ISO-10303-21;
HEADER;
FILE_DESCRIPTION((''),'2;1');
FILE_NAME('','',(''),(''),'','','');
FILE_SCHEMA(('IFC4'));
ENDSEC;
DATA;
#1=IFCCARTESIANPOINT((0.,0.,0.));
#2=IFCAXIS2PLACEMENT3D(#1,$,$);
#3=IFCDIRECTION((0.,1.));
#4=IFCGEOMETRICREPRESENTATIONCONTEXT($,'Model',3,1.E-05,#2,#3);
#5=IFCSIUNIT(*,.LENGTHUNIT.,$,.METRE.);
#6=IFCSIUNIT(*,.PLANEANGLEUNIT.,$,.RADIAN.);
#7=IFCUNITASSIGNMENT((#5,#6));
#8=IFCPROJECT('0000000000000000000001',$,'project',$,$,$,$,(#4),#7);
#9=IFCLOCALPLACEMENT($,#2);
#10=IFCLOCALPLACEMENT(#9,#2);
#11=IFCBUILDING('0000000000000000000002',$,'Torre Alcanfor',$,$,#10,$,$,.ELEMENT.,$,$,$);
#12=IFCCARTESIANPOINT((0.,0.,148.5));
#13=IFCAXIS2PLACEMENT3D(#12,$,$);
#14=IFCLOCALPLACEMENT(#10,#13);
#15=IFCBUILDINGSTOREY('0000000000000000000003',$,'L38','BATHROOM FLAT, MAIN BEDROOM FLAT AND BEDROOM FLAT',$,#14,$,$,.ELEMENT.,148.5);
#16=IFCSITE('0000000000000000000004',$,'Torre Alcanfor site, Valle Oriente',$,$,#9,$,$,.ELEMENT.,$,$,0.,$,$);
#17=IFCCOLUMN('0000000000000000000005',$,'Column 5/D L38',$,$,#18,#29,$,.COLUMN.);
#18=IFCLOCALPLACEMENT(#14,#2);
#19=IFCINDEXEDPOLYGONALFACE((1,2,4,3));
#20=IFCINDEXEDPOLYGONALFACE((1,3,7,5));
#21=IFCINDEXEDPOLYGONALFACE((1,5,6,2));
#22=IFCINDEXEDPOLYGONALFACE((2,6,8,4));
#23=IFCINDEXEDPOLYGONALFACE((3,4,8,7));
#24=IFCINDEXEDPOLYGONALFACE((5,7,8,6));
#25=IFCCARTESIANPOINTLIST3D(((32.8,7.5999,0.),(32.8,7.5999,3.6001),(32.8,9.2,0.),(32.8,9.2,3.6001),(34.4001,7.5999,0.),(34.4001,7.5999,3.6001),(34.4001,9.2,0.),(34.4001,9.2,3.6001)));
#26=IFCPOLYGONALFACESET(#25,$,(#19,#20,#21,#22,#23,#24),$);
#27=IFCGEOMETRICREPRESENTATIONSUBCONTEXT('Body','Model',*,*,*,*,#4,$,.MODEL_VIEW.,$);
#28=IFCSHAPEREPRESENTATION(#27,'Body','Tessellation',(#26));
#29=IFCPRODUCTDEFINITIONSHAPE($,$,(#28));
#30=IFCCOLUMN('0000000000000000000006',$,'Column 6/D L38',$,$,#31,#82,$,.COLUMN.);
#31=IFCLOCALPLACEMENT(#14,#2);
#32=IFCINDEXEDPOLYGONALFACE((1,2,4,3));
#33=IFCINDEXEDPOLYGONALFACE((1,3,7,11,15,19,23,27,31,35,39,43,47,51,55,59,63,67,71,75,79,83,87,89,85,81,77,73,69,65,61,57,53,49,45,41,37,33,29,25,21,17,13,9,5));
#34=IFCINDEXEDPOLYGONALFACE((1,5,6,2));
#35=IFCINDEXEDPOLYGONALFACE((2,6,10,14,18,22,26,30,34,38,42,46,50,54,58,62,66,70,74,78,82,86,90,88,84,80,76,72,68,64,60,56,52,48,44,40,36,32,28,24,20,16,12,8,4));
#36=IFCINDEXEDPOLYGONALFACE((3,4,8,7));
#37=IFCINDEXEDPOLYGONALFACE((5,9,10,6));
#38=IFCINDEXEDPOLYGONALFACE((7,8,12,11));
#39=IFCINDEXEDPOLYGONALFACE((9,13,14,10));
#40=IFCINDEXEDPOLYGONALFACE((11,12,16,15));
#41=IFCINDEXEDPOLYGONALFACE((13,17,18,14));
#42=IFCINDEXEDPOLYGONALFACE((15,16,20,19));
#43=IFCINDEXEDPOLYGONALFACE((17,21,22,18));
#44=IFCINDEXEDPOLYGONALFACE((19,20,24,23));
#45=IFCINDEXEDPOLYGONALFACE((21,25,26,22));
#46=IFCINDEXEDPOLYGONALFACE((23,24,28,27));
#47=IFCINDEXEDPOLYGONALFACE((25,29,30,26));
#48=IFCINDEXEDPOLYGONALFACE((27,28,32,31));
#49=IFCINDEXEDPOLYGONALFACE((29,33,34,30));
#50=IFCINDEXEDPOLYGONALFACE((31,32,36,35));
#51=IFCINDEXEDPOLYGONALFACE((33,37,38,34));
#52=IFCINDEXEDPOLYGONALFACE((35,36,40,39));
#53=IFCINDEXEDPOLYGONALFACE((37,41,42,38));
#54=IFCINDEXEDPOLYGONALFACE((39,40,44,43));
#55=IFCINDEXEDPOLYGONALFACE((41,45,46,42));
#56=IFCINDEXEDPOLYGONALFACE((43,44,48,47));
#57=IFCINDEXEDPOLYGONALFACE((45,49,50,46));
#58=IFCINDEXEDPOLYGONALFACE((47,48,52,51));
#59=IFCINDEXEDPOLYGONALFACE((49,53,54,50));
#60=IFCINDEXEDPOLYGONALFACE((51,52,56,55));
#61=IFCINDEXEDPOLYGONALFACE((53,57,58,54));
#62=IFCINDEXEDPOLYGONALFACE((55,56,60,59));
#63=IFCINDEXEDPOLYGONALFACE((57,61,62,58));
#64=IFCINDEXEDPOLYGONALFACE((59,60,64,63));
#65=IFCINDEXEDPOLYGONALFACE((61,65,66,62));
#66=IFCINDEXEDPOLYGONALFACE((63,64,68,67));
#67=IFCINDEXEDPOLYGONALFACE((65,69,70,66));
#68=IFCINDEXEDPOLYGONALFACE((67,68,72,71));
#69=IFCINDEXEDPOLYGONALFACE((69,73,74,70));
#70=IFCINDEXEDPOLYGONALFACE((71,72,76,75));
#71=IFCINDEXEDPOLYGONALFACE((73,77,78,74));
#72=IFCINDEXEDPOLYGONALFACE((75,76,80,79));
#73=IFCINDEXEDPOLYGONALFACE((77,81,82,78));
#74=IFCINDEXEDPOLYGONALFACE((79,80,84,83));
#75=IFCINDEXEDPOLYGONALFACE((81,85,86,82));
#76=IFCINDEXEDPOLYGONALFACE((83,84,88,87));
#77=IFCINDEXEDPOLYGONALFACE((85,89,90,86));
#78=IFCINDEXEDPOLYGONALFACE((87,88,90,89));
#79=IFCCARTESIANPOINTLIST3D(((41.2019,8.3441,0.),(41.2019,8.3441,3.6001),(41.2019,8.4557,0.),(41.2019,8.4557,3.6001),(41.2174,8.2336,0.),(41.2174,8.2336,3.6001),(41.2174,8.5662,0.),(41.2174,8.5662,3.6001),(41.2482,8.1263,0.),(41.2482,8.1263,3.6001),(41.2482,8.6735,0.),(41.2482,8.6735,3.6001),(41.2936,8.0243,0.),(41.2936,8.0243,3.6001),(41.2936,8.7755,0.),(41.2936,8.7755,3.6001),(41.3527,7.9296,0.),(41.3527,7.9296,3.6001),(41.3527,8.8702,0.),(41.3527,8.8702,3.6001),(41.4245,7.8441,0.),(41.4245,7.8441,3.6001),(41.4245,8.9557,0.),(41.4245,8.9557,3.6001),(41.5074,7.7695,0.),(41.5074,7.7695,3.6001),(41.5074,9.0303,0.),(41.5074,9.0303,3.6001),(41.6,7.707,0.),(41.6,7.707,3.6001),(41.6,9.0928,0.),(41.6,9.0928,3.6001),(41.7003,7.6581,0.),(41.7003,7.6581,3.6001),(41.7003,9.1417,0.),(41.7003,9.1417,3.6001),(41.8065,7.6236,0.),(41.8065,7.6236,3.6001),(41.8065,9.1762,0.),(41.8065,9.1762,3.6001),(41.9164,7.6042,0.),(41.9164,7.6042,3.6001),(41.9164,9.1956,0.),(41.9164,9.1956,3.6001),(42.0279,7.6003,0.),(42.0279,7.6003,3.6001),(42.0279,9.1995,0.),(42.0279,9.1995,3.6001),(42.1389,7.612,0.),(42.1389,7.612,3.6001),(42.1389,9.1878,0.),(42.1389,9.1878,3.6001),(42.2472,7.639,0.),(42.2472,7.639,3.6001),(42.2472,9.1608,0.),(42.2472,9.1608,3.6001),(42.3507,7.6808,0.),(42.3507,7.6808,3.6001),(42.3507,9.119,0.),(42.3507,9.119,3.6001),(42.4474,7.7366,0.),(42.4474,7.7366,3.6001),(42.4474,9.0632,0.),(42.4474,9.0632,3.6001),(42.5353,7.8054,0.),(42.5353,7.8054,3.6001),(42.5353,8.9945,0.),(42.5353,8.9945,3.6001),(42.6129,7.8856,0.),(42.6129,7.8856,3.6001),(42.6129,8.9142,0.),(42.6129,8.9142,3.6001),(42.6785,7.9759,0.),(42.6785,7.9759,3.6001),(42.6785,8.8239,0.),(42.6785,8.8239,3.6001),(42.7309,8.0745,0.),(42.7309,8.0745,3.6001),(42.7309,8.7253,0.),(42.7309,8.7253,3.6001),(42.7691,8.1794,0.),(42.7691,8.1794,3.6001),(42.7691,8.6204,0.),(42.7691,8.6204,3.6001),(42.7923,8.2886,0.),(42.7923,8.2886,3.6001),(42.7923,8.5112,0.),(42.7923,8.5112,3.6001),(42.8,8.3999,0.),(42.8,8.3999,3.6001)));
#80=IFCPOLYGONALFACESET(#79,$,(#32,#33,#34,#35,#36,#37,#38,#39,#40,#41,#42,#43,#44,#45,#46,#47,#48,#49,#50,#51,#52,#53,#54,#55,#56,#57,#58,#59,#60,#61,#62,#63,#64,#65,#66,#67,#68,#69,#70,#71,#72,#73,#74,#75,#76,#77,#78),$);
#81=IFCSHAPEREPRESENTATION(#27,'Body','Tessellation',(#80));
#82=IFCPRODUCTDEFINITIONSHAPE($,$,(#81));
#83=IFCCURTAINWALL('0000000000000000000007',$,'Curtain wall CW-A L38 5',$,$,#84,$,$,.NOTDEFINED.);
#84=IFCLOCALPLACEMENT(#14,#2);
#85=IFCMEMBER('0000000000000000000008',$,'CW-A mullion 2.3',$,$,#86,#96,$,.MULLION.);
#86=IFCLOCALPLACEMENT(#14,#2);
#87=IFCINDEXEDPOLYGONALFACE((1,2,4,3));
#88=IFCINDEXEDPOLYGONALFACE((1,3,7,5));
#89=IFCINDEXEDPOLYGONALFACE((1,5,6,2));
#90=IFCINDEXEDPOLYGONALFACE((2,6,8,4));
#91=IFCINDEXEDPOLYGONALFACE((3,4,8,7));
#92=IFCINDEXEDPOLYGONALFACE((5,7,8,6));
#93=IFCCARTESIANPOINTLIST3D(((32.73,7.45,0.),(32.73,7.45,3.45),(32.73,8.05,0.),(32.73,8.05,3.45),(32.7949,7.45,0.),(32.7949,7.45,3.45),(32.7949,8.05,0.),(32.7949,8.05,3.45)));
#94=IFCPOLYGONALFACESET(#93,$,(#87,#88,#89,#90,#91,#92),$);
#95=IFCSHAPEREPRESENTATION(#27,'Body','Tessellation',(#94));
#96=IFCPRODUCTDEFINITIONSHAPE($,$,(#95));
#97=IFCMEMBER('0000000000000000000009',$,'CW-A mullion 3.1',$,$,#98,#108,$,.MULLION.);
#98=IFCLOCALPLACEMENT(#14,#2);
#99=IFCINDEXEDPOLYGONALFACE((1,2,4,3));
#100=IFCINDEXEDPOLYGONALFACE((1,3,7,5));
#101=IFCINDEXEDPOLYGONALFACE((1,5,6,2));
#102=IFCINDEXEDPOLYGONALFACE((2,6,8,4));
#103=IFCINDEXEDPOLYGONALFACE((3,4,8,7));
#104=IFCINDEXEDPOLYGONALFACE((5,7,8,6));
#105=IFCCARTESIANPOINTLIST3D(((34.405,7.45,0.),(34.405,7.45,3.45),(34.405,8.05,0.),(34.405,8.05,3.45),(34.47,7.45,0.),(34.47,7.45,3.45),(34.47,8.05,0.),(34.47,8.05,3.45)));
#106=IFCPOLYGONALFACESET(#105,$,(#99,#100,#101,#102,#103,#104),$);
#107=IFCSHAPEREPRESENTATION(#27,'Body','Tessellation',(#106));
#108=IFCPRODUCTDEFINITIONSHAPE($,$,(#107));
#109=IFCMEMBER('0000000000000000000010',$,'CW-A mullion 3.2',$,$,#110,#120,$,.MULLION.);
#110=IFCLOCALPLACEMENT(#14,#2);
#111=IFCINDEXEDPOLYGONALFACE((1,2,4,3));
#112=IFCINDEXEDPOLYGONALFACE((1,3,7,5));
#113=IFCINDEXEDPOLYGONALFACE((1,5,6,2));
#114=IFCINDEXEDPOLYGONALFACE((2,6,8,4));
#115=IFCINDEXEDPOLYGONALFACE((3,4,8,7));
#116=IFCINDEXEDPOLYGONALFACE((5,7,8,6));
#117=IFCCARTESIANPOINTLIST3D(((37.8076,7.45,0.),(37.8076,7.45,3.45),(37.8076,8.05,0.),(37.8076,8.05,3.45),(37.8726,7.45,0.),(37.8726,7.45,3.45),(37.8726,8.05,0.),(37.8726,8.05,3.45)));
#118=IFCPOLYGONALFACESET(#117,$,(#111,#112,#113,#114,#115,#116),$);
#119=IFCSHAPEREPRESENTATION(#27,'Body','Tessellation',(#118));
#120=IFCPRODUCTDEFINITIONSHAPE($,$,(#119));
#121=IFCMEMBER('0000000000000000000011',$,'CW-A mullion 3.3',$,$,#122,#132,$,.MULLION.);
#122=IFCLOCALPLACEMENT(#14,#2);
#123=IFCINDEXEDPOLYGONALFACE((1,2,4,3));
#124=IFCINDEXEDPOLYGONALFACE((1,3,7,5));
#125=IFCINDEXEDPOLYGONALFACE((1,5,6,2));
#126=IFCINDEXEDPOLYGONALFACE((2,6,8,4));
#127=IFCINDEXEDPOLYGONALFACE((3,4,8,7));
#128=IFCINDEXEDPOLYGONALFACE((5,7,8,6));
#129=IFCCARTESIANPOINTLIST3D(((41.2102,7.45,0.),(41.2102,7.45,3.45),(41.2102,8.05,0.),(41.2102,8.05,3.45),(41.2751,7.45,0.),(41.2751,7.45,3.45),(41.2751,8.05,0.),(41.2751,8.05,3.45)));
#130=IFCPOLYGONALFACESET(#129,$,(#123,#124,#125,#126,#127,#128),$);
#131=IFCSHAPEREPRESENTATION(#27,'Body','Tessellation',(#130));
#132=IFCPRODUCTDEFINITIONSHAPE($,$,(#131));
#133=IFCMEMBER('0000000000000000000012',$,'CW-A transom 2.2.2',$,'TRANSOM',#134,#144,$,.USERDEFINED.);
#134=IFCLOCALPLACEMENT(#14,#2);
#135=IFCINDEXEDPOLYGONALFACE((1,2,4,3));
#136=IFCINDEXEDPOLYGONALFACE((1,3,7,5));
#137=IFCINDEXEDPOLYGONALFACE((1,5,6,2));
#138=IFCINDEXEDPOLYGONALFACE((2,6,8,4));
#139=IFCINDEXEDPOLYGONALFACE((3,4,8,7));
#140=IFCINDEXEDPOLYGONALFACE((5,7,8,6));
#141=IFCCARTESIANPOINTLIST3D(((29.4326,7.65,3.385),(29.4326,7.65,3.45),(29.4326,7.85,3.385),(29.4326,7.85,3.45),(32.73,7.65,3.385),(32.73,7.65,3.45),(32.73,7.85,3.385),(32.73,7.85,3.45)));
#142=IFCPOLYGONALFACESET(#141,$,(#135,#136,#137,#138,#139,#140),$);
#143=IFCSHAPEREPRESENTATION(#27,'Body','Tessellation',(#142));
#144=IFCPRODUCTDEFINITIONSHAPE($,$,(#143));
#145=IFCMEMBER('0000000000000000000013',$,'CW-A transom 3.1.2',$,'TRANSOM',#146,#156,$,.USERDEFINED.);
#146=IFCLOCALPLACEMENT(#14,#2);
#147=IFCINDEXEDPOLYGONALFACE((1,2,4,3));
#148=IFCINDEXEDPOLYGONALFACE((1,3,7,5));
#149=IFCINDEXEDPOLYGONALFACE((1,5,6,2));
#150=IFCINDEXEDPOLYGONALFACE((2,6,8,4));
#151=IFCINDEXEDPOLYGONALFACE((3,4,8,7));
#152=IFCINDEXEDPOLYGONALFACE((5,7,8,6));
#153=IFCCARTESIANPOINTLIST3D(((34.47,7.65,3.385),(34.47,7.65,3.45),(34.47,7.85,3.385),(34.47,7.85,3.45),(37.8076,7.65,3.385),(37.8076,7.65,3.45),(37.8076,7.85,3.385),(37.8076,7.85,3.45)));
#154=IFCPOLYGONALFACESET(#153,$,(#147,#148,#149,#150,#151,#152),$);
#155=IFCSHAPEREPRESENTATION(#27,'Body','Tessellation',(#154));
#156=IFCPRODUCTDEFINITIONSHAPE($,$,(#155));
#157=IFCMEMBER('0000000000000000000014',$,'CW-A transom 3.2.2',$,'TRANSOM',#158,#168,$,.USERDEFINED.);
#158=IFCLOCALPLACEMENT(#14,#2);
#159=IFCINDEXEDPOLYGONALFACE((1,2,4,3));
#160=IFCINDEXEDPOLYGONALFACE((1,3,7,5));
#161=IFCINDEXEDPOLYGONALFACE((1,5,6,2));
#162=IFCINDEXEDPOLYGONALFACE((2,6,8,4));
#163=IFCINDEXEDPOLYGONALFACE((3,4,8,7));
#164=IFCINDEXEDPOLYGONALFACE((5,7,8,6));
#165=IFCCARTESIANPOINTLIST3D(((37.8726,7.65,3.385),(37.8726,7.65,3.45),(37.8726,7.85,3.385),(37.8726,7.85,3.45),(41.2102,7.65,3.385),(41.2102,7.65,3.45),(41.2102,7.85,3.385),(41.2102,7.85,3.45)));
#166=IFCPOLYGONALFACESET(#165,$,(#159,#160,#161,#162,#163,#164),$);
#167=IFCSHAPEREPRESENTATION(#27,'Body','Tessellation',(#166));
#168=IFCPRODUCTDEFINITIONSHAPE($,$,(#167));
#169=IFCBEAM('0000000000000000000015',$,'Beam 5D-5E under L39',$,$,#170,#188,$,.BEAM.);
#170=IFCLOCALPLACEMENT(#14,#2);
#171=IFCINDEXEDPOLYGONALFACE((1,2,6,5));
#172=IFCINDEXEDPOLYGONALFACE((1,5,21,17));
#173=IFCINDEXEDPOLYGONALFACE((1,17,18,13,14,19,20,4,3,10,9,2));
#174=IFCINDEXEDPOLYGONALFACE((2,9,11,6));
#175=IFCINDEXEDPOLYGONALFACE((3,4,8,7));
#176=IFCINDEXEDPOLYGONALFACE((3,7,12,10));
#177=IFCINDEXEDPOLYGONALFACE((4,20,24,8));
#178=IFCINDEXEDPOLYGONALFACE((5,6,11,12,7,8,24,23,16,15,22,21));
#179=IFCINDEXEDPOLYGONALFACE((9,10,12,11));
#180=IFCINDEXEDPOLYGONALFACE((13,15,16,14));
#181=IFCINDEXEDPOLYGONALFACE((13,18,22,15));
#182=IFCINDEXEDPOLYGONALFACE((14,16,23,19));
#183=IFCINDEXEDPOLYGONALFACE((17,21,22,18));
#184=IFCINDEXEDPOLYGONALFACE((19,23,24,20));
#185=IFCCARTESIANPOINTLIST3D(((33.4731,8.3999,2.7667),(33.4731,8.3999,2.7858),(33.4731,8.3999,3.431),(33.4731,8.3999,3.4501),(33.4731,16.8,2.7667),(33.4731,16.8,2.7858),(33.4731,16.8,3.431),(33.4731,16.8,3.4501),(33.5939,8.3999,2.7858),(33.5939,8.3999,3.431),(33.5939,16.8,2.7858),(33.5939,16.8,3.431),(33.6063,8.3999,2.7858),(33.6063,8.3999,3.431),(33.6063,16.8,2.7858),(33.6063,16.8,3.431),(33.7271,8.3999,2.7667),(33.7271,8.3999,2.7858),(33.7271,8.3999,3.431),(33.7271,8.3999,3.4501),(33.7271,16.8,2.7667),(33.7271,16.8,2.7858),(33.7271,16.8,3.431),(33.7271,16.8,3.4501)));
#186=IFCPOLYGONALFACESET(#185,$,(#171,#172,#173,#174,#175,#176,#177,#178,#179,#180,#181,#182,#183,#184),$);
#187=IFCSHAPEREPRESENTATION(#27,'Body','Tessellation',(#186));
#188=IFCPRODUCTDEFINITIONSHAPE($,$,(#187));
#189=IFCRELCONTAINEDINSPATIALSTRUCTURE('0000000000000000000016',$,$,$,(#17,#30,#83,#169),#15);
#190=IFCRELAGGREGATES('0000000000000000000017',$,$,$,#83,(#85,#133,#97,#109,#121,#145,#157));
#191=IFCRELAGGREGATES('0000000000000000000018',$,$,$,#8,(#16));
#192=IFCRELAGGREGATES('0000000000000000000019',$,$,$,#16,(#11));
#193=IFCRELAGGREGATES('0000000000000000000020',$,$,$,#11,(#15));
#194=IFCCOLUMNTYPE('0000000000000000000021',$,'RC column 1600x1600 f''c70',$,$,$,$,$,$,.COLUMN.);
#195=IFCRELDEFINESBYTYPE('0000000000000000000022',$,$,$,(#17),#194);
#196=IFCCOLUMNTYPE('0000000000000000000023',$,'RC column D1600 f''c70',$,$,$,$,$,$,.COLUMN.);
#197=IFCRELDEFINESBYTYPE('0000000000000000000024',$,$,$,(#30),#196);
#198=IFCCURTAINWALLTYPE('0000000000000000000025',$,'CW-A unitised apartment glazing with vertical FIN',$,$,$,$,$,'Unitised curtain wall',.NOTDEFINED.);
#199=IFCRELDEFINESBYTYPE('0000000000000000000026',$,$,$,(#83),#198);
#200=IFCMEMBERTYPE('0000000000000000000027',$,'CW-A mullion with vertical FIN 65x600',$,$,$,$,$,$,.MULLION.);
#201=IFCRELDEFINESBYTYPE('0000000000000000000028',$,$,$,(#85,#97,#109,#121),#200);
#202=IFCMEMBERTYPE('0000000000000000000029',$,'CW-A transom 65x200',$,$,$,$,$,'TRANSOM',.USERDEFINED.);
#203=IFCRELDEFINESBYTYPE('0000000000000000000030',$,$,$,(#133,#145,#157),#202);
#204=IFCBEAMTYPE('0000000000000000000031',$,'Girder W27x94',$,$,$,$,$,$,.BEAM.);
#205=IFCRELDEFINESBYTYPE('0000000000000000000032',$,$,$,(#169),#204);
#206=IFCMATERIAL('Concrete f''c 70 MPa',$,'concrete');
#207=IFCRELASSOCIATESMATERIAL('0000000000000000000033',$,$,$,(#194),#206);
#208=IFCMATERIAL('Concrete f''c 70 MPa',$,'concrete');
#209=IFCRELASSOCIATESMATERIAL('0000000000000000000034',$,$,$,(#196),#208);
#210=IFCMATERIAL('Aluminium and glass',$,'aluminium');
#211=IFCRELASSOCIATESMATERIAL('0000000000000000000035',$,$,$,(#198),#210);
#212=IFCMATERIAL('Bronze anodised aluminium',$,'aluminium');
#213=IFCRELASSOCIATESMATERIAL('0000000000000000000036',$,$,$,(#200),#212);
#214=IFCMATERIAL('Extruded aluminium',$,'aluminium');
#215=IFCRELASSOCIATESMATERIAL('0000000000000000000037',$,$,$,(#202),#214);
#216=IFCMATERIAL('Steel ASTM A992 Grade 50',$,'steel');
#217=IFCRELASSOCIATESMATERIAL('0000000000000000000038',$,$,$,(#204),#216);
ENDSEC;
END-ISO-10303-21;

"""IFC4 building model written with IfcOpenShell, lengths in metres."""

from ifc_helpers import new_model, si_unit, direction, frame, origin, origin_2d, place, context, subcontext, project, spatial, rectangle, circle, i_section, extrude, material, material_profile, profile_set, type_object, element, aggregate, save


model = new_model("IFC4")

# Units and contexts
model_context = context("Model", 3, precision=1e-05, world=origin(), true_north=direction((0.0, 1.0)))
body_context = subcontext(model_context, "Body", "Model", "MODEL_VIEW")
ifc_project = project(units=[si_unit("LENGTHUNIT", "METRE"), si_unit("PLANEANGLEUNIT", "RADIAN")], contexts=[model_context])

# Site, building, storey
site_placement = place(None, origin())
site = spatial("IfcSite", under=ifc_project, at=site_placement, Name="Torre Alcanfor site, Valle Oriente", CompositionType="ELEMENT", RefElevation=0.0)
building_placement = place(site_placement, origin())
building = spatial("IfcBuilding", under=site, at=building_placement, Name="Torre Alcanfor", CompositionType="ELEMENT")
storey_placement = place(building_placement, frame((0.0, 0.0, 148.5)))
storey = spatial("IfcBuildingStorey", under=building, at=storey_placement, Name="L38", Description="BATHROOM FLAT, MAIN BEDROOM FLAT AND BEDROOM FLAT", CompositionType="ELEMENT", Elevation=148.5)

# Columns
ifc_material_1 = material(Name="Concrete f'c 70 MPa", Category="concrete")
ifc_material_profile_1 = material_profile(ifc_material_1, rectangle(XDim=1.6001, YDim=1.6001, at=origin_2d()), Name="1600x1600")
ifc_profile_set_1 = profile_set([ifc_material_profile_1], Name="Concrete f'c 70 MPa")
column_type_1 = type_object("IfcColumnType", Name="RC column 1600x1600 f'c70", PredefinedType="COLUMN", material=ifc_profile_set_1)
column_1_placement = place(storey_placement, frame((33.6001, 8.3999, 0.0), z_axis=(0.0, 0.0, 1.0), x_axis=(1.0, 0.0, 0.0)))
element("IfcColumn", 1, at=column_1_placement, inside=storey, type_object=column_type_1, Name="Column 5/D L38", PredefinedType="COLUMN", context=body_context, shape_type="SweptSolid", body=[
    extrude(rectangle(XDim=1.6001, YDim=1.6001, at=origin_2d()), origin(), (0.0, 0.0, 1.0), 3.6001),
])
ifc_material_2 = material(Name="Concrete f'c 70 MPa", Category="concrete")
ifc_material_profile_2 = material_profile(ifc_material_2, circle(Radius=0.8, at=origin_2d()), Name="D1600")
ifc_profile_set_2 = profile_set([ifc_material_profile_2], Name="Concrete f'c 70 MPa")
column_type_2 = type_object("IfcColumnType", Name="RC column D1600 f'c70", PredefinedType="COLUMN", material=ifc_profile_set_2)
column_2_placement = place(storey_placement, frame((42.0, 8.3999, 0.0), z_axis=(0.0, 0.0, 1.0), x_axis=(1.0, 0.0, 0.0)))
element("IfcColumn", 2, at=column_2_placement, inside=storey, type_object=column_type_2, Name="Column 6/D L38", PredefinedType="COLUMN", context=body_context, shape_type="SweptSolid", body=[
    extrude(circle(Radius=0.8, at=origin_2d()), origin(), (0.0, 0.0, 1.0), 3.6001),
])

# Curtain wall, members
ifc_material_3 = material(Name="Aluminium and glass", Category="aluminium")
curtain_wall_type = type_object("IfcCurtainWallType", Name="CW-A unitised apartment glazing with vertical FIN", ElementType="Unitised curtain wall", PredefinedType="NOTDEFINED", material=ifc_material_3)
curtain_wall_placement = place(storey_placement, origin())
curtain_wall = element("IfcCurtainWall", 3, at=curtain_wall_placement, inside=storey, type_object=curtain_wall_type, Name="Curtain wall CW-A L38 5", PredefinedType="NOTDEFINED")
ifc_material_4 = material(Name="Bronze anodised aluminium", Category="aluminium")
ifc_material_profile_3 = material_profile(ifc_material_4, rectangle(XDim=0.6001, YDim=0.0649, at=origin_2d()), Name="CW-A mullion 65x600")
ifc_profile_set_3 = profile_set([ifc_material_profile_3], Name="Bronze anodised aluminium")
member_type_1 = type_object("IfcMemberType", Name="CW-A mullion with vertical FIN 65x600", PredefinedType="MULLION", material=ifc_profile_set_3)
member_1_placement = place(storey_placement, frame((32.7625, 7.75, 0.0), z_axis=(0.0, 0.0, 1.0), x_axis=(0.0, 1.0, 0.0)))
member_1 = element("IfcMember", 4, at=member_1_placement, type_object=member_type_1, Name="CW-A mullion 2.3", PredefinedType="MULLION", context=body_context, shape_type="SweptSolid", body=[
    extrude(rectangle(XDim=0.6001, YDim=0.0649, at=origin_2d()), origin(), (0.0, 0.0, 1.0), 3.45),
])
member_2_placement = place(storey_placement, frame((34.4375, 7.75, 0.0), z_axis=(0.0, 0.0, 1.0), x_axis=(0.0, 1.0, 0.0)))
member_2 = element("IfcMember", 5, at=member_2_placement, type_object=member_type_1, Name="CW-A mullion 3.1", PredefinedType="MULLION", context=body_context, shape_type="SweptSolid", body=[
    extrude(rectangle(XDim=0.6001, YDim=0.0649, at=origin_2d()), origin(), (0.0, 0.0, 1.0), 3.45),
])
member_3_placement = place(storey_placement, frame((37.8401, 7.75, 0.0), z_axis=(0.0, 0.0, 1.0), x_axis=(0.0, 1.0, 0.0)))
member_3 = element("IfcMember", 6, at=member_3_placement, type_object=member_type_1, Name="CW-A mullion 3.2", PredefinedType="MULLION", context=body_context, shape_type="SweptSolid", body=[
    extrude(rectangle(XDim=0.6001, YDim=0.0649, at=origin_2d()), origin(), (0.0, 0.0, 1.0), 3.45),
])
member_4_placement = place(storey_placement, frame((41.2427, 7.75, 0.0), z_axis=(0.0, 0.0, 1.0), x_axis=(0.0, 1.0, 0.0)))
member_4 = element("IfcMember", 7, at=member_4_placement, type_object=member_type_1, Name="CW-A mullion 3.3", PredefinedType="MULLION", context=body_context, shape_type="SweptSolid", body=[
    extrude(rectangle(XDim=0.6001, YDim=0.0649, at=origin_2d()), origin(), (0.0, 0.0, 1.0), 3.45),
])
ifc_material_5 = material(Name="Extruded aluminium", Category="aluminium")
ifc_material_profile_4 = material_profile(ifc_material_5, rectangle(XDim=0.2, YDim=0.0649, at=origin_2d()), Name="CW-A transom 200x65")
ifc_profile_set_4 = profile_set([ifc_material_profile_4], Name="Extruded aluminium")
member_type_2 = type_object("IfcMemberType", Name="CW-A transom 65x200", ElementType="TRANSOM", PredefinedType="USERDEFINED", material=ifc_profile_set_4)
member_5_placement = place(storey_placement, frame((29.4326, 7.75, 3.4175), z_axis=(1.0, 0.0, 0.0), x_axis=(0.0, 1.0, 0.0)))
member_5 = element("IfcMember", 8, at=member_5_placement, type_object=member_type_2, Name="CW-A transom 2.2.2", ObjectType="TRANSOM", PredefinedType="USERDEFINED", context=body_context, shape_type="SweptSolid", body=[
    extrude(rectangle(XDim=0.2, YDim=0.0649, at=origin_2d()), origin(), (0.0, 0.0, 1.0), 3.2974),
])
member_6_placement = place(storey_placement, frame((34.47, 7.75, 3.4175), z_axis=(1.0, 0.0, 0.0), x_axis=(0.0, 1.0, 0.0)))
member_6 = element("IfcMember", 9, at=member_6_placement, type_object=member_type_2, Name="CW-A transom 3.1.2", ObjectType="TRANSOM", PredefinedType="USERDEFINED", context=body_context, shape_type="SweptSolid", body=[
    extrude(rectangle(XDim=0.2, YDim=0.0649, at=origin_2d()), origin(), (0.0, 0.0, 1.0), 3.3376),
])
member_7_placement = place(storey_placement, frame((37.8726, 7.75, 3.4175), z_axis=(1.0, 0.0, 0.0), x_axis=(0.0, 1.0, 0.0)))
member_7 = element("IfcMember", 10, at=member_7_placement, type_object=member_type_2, Name="CW-A transom 3.2.2", ObjectType="TRANSOM", PredefinedType="USERDEFINED", context=body_context, shape_type="SweptSolid", body=[
    extrude(rectangle(XDim=0.2, YDim=0.0649, at=origin_2d()), origin(), (0.0, 0.0, 1.0), 3.3376),
])

# Beam
ifc_material_6 = material(Name="Steel ASTM A992 Grade 50", Category="steel")
ifc_material_profile_5 = material_profile(ifc_material_6, i_section(OverallWidth=0.2539, OverallDepth=0.6833, WebThickness=0.0125, FlangeThickness=0.019, at=origin_2d()), Name="W27x94")
ifc_profile_set_5 = profile_set([ifc_material_profile_5], Name="Steel ASTM A992 Grade 50")
beam_type_1 = type_object("IfcBeamType", Name="Girder W27x94", PredefinedType="BEAM", material=ifc_profile_set_5)
beam_1_placement = place(storey_placement, frame((33.6001, 8.3999, 3.1084), z_axis=(0.0, 1.0, 0.0), x_axis=(-1.0, 0.0, 0.0)))
element("IfcBeam", 11, at=beam_1_placement, inside=storey, type_object=beam_type_1, Name="Beam 5D-5E under L39", PredefinedType="BEAM", context=body_context, shape_type="SweptSolid", body=[
    extrude(i_section(OverallWidth=0.2539, OverallDepth=0.6833, WebThickness=0.0125, FlangeThickness=0.019, at=origin_2d()), origin(), (0.0, 0.0, 1.0), 8.4001),
])

aggregate(curtain_wall, [member_1, member_5, member_2, member_3, member_4, member_6, member_7])

save(model, "model.ifc")
